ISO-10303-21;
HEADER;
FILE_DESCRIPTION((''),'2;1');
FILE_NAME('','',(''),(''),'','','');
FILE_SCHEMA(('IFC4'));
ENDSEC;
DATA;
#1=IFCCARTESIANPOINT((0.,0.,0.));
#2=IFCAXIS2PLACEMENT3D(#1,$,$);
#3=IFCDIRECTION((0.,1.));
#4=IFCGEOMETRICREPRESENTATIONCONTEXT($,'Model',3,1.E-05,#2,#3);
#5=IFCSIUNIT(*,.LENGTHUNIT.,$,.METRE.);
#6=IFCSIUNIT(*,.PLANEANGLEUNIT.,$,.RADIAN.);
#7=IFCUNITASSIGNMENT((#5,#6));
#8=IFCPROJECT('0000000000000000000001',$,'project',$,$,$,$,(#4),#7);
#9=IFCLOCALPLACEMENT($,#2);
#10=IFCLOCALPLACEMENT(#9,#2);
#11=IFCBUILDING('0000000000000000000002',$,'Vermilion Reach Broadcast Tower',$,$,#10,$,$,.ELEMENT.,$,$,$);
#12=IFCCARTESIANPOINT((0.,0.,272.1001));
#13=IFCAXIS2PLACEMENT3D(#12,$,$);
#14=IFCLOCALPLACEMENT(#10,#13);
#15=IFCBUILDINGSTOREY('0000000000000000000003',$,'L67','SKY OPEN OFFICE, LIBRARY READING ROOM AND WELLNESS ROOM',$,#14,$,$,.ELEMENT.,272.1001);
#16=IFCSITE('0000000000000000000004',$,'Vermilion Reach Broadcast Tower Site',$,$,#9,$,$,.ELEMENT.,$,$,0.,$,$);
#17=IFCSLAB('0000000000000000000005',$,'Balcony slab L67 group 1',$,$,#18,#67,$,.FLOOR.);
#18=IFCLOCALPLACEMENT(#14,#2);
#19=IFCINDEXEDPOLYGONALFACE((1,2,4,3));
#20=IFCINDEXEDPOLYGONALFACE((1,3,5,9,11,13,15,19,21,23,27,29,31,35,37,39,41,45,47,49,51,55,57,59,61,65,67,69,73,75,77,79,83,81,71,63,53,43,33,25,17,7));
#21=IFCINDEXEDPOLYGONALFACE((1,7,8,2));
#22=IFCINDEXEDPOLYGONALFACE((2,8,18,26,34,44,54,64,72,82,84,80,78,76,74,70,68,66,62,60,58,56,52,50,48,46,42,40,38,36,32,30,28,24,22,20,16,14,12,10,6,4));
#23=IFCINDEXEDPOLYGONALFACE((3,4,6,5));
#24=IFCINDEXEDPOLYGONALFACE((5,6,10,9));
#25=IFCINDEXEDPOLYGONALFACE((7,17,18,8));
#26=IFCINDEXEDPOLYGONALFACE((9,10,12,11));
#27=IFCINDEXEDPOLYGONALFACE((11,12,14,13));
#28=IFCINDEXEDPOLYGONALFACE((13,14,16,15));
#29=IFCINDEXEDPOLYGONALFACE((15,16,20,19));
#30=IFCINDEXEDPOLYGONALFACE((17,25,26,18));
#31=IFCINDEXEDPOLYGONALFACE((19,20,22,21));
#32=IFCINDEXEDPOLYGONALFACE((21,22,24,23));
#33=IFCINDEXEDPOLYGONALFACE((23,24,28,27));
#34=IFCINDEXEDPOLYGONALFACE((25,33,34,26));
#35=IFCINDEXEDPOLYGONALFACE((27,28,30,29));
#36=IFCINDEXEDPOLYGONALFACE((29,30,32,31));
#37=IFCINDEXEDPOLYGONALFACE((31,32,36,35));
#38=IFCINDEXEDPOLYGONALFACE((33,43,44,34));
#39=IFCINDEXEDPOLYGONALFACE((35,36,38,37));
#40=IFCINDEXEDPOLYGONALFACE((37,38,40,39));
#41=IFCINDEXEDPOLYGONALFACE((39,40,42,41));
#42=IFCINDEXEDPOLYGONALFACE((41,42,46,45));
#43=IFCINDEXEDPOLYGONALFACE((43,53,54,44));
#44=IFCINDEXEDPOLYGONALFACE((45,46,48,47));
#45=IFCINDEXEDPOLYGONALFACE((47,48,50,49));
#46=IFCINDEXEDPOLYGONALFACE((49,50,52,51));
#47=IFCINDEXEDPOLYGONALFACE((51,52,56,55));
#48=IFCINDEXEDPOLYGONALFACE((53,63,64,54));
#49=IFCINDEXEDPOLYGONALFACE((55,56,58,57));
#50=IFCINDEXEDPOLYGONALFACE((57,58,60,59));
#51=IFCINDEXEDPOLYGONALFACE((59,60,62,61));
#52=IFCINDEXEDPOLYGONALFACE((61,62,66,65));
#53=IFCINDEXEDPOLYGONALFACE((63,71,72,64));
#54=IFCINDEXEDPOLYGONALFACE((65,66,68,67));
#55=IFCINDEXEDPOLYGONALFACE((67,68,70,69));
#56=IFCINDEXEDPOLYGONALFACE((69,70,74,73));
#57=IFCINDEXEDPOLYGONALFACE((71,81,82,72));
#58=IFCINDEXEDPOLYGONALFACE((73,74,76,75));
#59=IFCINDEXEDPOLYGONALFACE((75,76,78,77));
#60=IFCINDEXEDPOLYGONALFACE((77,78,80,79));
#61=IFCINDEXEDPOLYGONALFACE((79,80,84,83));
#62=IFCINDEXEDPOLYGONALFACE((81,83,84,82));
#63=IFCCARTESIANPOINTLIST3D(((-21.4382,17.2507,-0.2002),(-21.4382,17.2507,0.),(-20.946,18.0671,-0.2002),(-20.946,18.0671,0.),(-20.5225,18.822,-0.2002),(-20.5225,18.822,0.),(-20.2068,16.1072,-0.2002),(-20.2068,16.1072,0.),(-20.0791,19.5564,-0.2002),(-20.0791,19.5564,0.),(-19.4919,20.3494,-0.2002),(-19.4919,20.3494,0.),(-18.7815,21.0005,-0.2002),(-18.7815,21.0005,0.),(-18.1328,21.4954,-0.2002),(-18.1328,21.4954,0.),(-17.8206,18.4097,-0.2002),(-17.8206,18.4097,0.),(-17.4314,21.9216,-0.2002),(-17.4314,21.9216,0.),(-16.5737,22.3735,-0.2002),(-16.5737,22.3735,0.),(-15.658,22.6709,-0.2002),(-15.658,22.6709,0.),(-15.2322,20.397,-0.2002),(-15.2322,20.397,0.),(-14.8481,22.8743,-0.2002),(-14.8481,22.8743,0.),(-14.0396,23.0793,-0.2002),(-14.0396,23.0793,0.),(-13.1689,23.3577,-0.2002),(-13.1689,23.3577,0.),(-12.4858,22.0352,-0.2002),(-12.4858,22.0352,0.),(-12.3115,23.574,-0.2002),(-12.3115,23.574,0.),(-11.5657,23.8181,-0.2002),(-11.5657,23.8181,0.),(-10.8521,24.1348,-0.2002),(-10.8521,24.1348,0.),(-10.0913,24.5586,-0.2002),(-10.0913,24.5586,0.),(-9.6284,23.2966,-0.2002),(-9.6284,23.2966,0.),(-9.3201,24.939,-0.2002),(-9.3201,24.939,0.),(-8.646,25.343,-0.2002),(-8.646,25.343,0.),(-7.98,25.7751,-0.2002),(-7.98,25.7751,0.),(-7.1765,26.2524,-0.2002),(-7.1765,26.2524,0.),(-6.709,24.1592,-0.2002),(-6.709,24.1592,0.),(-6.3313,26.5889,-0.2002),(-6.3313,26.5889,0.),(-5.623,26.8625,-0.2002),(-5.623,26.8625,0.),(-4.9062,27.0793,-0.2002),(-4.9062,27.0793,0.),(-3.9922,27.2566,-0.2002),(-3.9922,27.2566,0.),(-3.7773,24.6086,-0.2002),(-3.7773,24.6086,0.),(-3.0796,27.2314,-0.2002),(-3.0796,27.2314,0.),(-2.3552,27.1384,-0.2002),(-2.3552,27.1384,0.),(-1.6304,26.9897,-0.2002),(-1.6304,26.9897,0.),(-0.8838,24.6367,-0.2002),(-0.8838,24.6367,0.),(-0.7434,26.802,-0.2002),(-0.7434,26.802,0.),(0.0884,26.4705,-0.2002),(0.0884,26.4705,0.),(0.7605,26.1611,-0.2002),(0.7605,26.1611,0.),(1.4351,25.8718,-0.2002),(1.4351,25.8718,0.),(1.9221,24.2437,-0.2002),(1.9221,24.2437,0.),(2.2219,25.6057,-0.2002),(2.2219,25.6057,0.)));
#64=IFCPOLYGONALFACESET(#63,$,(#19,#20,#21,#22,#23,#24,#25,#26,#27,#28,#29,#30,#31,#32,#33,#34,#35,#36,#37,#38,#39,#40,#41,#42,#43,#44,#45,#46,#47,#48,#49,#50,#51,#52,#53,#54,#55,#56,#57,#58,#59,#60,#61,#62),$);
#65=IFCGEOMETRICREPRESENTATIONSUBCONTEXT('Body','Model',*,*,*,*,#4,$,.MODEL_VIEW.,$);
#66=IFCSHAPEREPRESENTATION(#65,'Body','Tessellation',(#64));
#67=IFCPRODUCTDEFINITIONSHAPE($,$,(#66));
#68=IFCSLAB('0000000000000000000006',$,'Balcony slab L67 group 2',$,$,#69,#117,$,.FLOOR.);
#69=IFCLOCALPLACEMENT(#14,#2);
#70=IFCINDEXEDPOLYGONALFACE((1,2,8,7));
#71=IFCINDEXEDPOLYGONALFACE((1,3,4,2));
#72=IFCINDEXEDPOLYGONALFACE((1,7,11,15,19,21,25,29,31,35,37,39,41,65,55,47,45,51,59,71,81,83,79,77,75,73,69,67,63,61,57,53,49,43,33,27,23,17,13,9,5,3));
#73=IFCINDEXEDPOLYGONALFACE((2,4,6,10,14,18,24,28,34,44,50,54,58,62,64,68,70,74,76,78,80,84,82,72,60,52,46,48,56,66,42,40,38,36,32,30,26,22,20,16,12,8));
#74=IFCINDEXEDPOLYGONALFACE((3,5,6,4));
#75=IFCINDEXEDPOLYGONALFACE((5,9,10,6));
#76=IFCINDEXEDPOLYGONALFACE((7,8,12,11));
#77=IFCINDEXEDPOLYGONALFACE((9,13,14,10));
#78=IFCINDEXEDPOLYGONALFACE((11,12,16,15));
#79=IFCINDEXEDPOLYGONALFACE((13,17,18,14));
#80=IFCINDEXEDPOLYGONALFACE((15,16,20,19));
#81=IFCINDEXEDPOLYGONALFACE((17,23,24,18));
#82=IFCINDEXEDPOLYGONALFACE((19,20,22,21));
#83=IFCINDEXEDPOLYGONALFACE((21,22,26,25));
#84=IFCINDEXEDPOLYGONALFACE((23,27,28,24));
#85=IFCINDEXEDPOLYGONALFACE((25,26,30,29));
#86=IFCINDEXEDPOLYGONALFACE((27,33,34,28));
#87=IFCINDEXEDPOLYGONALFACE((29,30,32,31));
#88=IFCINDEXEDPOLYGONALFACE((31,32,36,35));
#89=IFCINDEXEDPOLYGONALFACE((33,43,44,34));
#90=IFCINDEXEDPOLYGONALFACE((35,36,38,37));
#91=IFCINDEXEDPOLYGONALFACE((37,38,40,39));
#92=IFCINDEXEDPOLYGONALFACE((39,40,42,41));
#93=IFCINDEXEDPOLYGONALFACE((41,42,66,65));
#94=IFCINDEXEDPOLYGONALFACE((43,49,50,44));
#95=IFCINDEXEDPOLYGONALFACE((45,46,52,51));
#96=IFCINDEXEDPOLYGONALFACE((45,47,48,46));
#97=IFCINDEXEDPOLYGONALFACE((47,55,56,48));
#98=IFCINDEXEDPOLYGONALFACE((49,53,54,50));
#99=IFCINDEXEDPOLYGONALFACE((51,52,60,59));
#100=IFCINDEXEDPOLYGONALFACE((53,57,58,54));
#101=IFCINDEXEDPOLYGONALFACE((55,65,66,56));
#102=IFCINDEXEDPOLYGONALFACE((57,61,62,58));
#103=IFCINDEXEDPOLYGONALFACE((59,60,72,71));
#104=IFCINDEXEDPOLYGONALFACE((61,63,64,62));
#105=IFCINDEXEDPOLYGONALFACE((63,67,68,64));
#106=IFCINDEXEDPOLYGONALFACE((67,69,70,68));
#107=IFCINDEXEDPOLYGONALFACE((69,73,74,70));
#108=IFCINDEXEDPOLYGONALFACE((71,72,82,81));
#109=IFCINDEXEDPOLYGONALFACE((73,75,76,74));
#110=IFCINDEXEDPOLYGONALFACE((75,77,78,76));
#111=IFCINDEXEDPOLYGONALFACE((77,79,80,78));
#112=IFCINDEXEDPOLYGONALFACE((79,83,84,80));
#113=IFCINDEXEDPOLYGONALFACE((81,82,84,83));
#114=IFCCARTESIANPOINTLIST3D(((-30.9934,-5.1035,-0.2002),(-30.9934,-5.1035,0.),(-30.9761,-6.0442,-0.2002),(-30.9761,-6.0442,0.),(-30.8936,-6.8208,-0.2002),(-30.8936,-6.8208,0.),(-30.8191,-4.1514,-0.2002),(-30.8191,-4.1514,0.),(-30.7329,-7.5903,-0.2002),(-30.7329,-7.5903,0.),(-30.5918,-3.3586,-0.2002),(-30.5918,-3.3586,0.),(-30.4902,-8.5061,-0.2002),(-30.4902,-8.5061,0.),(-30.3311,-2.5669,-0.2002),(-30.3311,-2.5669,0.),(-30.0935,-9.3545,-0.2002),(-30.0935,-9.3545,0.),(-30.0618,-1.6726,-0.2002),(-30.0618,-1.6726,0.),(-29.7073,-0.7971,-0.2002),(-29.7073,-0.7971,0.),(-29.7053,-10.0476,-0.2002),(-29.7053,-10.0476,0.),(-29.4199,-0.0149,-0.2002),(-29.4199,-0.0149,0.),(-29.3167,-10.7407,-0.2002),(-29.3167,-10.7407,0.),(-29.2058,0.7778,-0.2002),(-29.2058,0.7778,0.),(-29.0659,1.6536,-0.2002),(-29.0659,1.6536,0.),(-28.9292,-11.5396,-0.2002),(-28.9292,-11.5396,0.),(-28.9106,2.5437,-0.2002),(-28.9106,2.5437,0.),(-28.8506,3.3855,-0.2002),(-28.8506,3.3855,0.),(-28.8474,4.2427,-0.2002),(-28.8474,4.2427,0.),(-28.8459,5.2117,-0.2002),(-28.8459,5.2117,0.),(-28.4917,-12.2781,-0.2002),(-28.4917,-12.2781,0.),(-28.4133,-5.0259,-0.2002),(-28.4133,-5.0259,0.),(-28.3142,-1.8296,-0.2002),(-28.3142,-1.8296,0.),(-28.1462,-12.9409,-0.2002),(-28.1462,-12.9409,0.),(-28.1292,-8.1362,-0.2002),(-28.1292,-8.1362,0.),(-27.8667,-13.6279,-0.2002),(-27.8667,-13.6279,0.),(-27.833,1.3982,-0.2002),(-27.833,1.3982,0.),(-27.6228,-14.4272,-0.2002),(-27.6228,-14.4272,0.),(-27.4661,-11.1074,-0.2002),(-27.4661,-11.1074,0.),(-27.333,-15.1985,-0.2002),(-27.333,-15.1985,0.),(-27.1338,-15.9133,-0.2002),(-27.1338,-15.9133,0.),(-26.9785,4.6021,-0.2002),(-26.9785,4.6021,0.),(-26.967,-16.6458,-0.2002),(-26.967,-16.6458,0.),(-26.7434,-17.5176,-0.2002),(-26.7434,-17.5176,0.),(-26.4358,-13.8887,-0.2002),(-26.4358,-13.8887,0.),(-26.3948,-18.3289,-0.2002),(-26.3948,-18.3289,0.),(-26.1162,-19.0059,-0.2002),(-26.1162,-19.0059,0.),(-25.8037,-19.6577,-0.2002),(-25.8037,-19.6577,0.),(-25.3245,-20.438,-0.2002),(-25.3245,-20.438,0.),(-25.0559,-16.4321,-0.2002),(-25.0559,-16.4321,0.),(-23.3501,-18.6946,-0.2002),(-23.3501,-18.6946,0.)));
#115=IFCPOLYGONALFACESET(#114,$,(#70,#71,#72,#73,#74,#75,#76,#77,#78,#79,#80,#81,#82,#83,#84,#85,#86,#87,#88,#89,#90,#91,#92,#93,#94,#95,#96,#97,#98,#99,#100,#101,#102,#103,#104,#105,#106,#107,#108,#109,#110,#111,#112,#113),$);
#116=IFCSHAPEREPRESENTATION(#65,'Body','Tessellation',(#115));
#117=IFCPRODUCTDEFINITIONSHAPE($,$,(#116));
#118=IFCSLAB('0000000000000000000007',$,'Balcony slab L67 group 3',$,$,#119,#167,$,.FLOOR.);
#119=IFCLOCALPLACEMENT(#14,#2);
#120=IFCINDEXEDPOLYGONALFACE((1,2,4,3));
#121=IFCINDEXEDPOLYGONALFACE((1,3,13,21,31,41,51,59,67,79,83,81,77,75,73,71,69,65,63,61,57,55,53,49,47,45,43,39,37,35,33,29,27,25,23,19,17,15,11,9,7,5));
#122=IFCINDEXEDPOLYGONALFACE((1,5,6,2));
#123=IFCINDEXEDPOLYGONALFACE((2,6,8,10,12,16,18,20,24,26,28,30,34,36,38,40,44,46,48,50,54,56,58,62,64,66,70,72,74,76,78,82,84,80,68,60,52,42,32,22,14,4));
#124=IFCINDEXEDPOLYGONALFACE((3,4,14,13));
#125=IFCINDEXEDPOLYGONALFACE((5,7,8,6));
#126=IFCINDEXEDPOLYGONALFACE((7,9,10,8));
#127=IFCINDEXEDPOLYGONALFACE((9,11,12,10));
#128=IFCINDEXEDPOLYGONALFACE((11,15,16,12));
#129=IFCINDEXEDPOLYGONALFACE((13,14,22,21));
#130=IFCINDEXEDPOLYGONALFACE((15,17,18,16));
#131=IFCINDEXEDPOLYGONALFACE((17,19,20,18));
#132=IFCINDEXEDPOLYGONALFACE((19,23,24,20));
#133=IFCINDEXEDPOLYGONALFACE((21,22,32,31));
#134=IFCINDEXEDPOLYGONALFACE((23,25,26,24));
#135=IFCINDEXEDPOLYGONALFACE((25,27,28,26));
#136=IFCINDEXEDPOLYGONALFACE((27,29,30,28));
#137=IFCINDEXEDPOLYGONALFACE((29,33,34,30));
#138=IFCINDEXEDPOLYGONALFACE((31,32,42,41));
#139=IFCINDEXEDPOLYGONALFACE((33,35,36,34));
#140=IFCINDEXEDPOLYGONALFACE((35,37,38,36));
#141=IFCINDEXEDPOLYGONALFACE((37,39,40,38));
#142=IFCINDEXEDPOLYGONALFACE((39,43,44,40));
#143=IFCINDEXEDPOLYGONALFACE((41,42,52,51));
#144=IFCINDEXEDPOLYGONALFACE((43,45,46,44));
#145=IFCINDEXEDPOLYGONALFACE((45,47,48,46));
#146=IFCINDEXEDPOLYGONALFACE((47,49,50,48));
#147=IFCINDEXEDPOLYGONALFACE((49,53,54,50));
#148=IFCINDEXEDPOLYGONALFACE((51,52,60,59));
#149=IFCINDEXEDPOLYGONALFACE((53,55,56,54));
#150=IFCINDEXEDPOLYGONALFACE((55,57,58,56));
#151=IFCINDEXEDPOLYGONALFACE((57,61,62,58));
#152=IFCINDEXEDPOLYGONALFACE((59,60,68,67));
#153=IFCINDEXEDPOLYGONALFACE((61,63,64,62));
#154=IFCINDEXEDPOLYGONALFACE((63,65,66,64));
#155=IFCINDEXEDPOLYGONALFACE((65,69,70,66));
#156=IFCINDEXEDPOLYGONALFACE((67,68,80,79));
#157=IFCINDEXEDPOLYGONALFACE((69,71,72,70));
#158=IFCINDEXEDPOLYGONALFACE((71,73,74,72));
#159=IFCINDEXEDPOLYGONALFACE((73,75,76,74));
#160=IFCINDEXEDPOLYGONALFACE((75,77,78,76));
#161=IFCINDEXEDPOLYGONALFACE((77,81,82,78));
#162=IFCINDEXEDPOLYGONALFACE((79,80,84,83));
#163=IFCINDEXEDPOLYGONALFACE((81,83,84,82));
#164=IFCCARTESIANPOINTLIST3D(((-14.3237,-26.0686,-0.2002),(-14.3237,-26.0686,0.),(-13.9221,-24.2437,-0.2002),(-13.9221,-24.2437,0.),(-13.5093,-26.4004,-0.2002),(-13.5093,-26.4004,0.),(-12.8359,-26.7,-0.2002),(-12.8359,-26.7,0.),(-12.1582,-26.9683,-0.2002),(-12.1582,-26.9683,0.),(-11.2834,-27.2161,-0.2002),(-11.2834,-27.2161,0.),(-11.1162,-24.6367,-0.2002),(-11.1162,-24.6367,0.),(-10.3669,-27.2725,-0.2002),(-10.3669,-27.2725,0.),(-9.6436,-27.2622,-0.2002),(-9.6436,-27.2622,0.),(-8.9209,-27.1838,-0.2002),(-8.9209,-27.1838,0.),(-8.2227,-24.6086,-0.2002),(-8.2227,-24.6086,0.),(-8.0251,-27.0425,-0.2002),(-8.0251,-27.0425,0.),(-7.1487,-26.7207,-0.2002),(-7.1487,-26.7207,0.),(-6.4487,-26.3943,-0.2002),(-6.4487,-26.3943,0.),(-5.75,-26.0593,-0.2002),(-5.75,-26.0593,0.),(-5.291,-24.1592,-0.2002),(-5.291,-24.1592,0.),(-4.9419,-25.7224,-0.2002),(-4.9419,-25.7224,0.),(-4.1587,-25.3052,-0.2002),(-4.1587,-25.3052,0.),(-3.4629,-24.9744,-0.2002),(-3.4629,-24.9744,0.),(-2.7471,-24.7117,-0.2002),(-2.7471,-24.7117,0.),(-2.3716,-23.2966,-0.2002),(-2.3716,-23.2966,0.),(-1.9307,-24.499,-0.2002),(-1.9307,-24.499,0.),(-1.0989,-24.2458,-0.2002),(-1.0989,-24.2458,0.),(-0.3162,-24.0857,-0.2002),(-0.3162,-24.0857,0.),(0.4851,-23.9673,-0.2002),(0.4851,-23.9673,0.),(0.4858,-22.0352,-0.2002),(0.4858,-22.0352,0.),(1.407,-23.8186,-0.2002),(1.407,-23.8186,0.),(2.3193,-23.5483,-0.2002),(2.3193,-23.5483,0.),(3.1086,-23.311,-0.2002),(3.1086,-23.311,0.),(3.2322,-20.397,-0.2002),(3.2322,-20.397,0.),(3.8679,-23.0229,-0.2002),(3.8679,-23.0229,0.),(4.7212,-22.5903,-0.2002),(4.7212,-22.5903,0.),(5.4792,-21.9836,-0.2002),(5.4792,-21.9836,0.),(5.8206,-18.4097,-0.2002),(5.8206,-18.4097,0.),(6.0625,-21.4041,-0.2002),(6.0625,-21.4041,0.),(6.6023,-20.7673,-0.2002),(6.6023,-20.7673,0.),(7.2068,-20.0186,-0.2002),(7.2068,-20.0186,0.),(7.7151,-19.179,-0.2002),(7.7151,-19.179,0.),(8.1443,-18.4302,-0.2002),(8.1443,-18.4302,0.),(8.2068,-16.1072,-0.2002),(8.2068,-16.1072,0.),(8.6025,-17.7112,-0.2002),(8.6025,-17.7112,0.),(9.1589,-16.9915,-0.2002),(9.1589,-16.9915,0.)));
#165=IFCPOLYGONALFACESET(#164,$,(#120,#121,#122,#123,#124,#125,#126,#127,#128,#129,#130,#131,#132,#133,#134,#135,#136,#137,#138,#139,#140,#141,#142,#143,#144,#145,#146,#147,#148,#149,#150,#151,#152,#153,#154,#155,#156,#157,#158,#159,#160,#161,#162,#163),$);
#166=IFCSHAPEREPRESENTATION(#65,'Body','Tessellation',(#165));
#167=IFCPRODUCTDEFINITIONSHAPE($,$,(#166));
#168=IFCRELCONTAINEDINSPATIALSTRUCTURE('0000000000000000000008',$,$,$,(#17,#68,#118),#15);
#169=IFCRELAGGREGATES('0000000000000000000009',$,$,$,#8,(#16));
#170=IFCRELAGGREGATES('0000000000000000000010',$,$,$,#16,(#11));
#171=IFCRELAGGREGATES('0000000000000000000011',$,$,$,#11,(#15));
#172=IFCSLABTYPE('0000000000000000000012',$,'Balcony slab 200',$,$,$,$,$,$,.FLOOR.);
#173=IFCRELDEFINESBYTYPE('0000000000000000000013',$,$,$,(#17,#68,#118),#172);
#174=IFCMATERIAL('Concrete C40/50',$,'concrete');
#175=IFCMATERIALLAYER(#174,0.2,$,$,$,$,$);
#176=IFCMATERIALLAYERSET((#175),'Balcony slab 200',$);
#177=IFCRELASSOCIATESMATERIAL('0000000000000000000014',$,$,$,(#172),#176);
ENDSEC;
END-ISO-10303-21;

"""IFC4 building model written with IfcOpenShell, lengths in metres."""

from ifc_helpers import new_model, si_unit, direction, frame, origin, place, context, subcontext, project, spatial, polyline, outline, extrude, material, layer, layer_set, type_object, element, save


model = new_model("IFC4")

# Units and contexts
model_context = context("Model", 3, precision=1e-05, world=origin(), true_north=direction((0.0, 1.0)))
body_context = subcontext(model_context, "Body", "Model", "MODEL_VIEW")
ifc_project = project(units=[si_unit("LENGTHUNIT", "METRE"), si_unit("PLANEANGLEUNIT", "RADIAN")], contexts=[model_context])

# Site, building, storey
site_placement = place(None, origin())
site = spatial("IfcSite", under=ifc_project, at=site_placement, Name="Vermilion Reach Broadcast Tower Site", CompositionType="ELEMENT", RefElevation=0.0)
building_placement = place(site_placement, origin())
building = spatial("IfcBuilding", under=site, at=building_placement, Name="Vermilion Reach Broadcast Tower", CompositionType="ELEMENT")
storey_placement = place(building_placement, frame((0.0, 0.0, 272.1001)))
storey = spatial("IfcBuildingStorey", under=building, at=storey_placement, Name="L67", Description="SKY OPEN OFFICE, LIBRARY READING ROOM AND WELLNESS ROOM", CompositionType="ELEMENT", Elevation=272.1001)

# Slabs
ifc_material_1 = material(Name="Concrete C40/50", Category="concrete")
ifc_layer_1 = layer(ifc_material_1, 0.2)
ifc_layer_set_1 = layer_set([ifc_layer_1], Name="Balcony slab 200")
slab_type_1 = type_object("IfcSlabType", Name="Balcony slab 200", PredefinedType="FLOOR", material=ifc_layer_set_1)
placement_1 = place(storey_placement, frame((0.0, 0.0, -0.2002)))
element("IfcSlab", 1, at=placement_1, inside=storey, type_object=slab_type_1, Name="Balcony slab L67 group 1", PredefinedType="FLOOR", context=body_context, shape_type="SweptSolid", body=[
    extrude(outline(polyline([(1.9221, 24.2437), (-0.8838, 24.6367), (-3.7773, 24.6086), (-6.709, 24.1592), (-9.6284, 23.2966), (-12.4858, 22.0352), (-15.2322, 20.397), (-17.8206, 18.4097), (-20.2068, 16.1072), (-21.4382, 17.2507), (-20.946, 18.0671), (-20.5225, 18.822), (-20.0791, 19.5564), (-19.4919, 20.3494), (-18.7815, 21.0005), (-18.1328, 21.4954), (-17.4314, 21.9216), (-16.5737, 22.3735), (-15.658, 22.6709), (-14.8481, 22.8743), (-14.0396, 23.0793), (-13.1689, 23.3577), (-12.3115, 23.574), (-11.5657, 23.8181), (-10.8521, 24.1348), (-10.0913, 24.5586), (-9.3201, 24.939), (-8.646, 25.343), (-7.98, 25.7751), (-7.1765, 26.2524), (-6.3313, 26.5889), (-5.623, 26.8625), (-4.9062, 27.0793), (-3.9922, 27.2566), (-3.0796, 27.2314), (-2.3552, 27.1384), (-1.6304, 26.9897), (-0.7434, 26.802), (0.0884, 26.4705), (0.7605, 26.1611), (1.4351, 25.8718), (2.2219, 25.6057), (1.9221, 24.2437)])), origin(), (0.0, 0.0, 1.0), 0.2002),
])
element("IfcSlab", 2, at=placement_1, inside=storey, type_object=slab_type_1, Name="Balcony slab L67 group 2", PredefinedType="FLOOR", context=body_context, shape_type="SweptSolid", body=[
    extrude(outline(polyline([(-26.9785, 4.6021), (-27.833, 1.3982), (-28.3142, -1.8296), (-28.4133, -5.0259), (-28.1292, -8.1362), (-27.4661, -11.1074), (-26.4358, -13.8887), (-25.0559, -16.4321), (-23.3501, -18.6946), (-25.3245, -20.438), (-25.8037, -19.6577), (-26.1162, -19.0059), (-26.3948, -18.3289), (-26.7434, -17.5176), (-26.967, -16.6458), (-27.1338, -15.9133), (-27.333, -15.1985), (-27.6228, -14.4272), (-27.8667, -13.6279), (-28.1462, -12.9409), (-28.4917, -12.2781), (-28.9292, -11.5396), (-29.3167, -10.7407), (-29.7053, -10.0476), (-30.0935, -9.3545), (-30.4902, -8.5061), (-30.7329, -7.5903), (-30.8936, -6.8208), (-30.9761, -6.0442), (-30.9934, -5.1035), (-30.8191, -4.1514), (-30.5918, -3.3586), (-30.3311, -2.5669), (-30.0618, -1.6726), (-29.7073, -0.7971), (-29.4199, -0.0149), (-29.2058, 0.7778), (-29.0659, 1.6536), (-28.9106, 2.5437), (-28.8506, 3.3855), (-28.8474, 4.2427), (-28.8459, 5.2117), (-26.9785, 4.6021)])), origin(), (0.0, 0.0, 1.0), 0.2002),
])
element("IfcSlab", 3, at=placement_1, inside=storey, type_object=slab_type_1, Name="Balcony slab L67 group 3", PredefinedType="FLOOR", context=body_context, shape_type="SweptSolid", body=[
    extrude(outline(polyline([(-13.9221, -24.2437), (-11.1162, -24.6367), (-8.2227, -24.6086), (-5.291, -24.1592), (-2.3716, -23.2966), (0.4858, -22.0352), (3.2322, -20.397), (5.8206, -18.4097), (8.2068, -16.1072), (9.1589, -16.9915), (8.6025, -17.7112), (8.1443, -18.4302), (7.7151, -19.179), (7.2068, -20.0186), (6.6023, -20.7673), (6.0625, -21.4041), (5.4792, -21.9836), (4.7212, -22.5903), (3.8679, -23.0229), (3.1086, -23.311), (2.3193, -23.5483), (1.407, -23.8186), (0.4851, -23.9673), (-0.3162, -24.0857), (-1.0989, -24.2458), (-1.9307, -24.499), (-2.7471, -24.7117), (-3.4629, -24.9744), (-4.1587, -25.3052), (-4.9419, -25.7224), (-5.75, -26.0593), (-6.4487, -26.3943), (-7.1487, -26.7207), (-8.0251, -27.0425), (-8.9209, -27.1838), (-9.6436, -27.2622), (-10.3669, -27.2725), (-11.2834, -27.2161), (-12.1582, -26.9683), (-12.8359, -26.7), (-13.5093, -26.4004), (-14.3237, -26.0686), (-13.9221, -24.2437)])), origin(), (0.0, 0.0, 1.0), 0.2002),
])

save(model, "model.ifc")
